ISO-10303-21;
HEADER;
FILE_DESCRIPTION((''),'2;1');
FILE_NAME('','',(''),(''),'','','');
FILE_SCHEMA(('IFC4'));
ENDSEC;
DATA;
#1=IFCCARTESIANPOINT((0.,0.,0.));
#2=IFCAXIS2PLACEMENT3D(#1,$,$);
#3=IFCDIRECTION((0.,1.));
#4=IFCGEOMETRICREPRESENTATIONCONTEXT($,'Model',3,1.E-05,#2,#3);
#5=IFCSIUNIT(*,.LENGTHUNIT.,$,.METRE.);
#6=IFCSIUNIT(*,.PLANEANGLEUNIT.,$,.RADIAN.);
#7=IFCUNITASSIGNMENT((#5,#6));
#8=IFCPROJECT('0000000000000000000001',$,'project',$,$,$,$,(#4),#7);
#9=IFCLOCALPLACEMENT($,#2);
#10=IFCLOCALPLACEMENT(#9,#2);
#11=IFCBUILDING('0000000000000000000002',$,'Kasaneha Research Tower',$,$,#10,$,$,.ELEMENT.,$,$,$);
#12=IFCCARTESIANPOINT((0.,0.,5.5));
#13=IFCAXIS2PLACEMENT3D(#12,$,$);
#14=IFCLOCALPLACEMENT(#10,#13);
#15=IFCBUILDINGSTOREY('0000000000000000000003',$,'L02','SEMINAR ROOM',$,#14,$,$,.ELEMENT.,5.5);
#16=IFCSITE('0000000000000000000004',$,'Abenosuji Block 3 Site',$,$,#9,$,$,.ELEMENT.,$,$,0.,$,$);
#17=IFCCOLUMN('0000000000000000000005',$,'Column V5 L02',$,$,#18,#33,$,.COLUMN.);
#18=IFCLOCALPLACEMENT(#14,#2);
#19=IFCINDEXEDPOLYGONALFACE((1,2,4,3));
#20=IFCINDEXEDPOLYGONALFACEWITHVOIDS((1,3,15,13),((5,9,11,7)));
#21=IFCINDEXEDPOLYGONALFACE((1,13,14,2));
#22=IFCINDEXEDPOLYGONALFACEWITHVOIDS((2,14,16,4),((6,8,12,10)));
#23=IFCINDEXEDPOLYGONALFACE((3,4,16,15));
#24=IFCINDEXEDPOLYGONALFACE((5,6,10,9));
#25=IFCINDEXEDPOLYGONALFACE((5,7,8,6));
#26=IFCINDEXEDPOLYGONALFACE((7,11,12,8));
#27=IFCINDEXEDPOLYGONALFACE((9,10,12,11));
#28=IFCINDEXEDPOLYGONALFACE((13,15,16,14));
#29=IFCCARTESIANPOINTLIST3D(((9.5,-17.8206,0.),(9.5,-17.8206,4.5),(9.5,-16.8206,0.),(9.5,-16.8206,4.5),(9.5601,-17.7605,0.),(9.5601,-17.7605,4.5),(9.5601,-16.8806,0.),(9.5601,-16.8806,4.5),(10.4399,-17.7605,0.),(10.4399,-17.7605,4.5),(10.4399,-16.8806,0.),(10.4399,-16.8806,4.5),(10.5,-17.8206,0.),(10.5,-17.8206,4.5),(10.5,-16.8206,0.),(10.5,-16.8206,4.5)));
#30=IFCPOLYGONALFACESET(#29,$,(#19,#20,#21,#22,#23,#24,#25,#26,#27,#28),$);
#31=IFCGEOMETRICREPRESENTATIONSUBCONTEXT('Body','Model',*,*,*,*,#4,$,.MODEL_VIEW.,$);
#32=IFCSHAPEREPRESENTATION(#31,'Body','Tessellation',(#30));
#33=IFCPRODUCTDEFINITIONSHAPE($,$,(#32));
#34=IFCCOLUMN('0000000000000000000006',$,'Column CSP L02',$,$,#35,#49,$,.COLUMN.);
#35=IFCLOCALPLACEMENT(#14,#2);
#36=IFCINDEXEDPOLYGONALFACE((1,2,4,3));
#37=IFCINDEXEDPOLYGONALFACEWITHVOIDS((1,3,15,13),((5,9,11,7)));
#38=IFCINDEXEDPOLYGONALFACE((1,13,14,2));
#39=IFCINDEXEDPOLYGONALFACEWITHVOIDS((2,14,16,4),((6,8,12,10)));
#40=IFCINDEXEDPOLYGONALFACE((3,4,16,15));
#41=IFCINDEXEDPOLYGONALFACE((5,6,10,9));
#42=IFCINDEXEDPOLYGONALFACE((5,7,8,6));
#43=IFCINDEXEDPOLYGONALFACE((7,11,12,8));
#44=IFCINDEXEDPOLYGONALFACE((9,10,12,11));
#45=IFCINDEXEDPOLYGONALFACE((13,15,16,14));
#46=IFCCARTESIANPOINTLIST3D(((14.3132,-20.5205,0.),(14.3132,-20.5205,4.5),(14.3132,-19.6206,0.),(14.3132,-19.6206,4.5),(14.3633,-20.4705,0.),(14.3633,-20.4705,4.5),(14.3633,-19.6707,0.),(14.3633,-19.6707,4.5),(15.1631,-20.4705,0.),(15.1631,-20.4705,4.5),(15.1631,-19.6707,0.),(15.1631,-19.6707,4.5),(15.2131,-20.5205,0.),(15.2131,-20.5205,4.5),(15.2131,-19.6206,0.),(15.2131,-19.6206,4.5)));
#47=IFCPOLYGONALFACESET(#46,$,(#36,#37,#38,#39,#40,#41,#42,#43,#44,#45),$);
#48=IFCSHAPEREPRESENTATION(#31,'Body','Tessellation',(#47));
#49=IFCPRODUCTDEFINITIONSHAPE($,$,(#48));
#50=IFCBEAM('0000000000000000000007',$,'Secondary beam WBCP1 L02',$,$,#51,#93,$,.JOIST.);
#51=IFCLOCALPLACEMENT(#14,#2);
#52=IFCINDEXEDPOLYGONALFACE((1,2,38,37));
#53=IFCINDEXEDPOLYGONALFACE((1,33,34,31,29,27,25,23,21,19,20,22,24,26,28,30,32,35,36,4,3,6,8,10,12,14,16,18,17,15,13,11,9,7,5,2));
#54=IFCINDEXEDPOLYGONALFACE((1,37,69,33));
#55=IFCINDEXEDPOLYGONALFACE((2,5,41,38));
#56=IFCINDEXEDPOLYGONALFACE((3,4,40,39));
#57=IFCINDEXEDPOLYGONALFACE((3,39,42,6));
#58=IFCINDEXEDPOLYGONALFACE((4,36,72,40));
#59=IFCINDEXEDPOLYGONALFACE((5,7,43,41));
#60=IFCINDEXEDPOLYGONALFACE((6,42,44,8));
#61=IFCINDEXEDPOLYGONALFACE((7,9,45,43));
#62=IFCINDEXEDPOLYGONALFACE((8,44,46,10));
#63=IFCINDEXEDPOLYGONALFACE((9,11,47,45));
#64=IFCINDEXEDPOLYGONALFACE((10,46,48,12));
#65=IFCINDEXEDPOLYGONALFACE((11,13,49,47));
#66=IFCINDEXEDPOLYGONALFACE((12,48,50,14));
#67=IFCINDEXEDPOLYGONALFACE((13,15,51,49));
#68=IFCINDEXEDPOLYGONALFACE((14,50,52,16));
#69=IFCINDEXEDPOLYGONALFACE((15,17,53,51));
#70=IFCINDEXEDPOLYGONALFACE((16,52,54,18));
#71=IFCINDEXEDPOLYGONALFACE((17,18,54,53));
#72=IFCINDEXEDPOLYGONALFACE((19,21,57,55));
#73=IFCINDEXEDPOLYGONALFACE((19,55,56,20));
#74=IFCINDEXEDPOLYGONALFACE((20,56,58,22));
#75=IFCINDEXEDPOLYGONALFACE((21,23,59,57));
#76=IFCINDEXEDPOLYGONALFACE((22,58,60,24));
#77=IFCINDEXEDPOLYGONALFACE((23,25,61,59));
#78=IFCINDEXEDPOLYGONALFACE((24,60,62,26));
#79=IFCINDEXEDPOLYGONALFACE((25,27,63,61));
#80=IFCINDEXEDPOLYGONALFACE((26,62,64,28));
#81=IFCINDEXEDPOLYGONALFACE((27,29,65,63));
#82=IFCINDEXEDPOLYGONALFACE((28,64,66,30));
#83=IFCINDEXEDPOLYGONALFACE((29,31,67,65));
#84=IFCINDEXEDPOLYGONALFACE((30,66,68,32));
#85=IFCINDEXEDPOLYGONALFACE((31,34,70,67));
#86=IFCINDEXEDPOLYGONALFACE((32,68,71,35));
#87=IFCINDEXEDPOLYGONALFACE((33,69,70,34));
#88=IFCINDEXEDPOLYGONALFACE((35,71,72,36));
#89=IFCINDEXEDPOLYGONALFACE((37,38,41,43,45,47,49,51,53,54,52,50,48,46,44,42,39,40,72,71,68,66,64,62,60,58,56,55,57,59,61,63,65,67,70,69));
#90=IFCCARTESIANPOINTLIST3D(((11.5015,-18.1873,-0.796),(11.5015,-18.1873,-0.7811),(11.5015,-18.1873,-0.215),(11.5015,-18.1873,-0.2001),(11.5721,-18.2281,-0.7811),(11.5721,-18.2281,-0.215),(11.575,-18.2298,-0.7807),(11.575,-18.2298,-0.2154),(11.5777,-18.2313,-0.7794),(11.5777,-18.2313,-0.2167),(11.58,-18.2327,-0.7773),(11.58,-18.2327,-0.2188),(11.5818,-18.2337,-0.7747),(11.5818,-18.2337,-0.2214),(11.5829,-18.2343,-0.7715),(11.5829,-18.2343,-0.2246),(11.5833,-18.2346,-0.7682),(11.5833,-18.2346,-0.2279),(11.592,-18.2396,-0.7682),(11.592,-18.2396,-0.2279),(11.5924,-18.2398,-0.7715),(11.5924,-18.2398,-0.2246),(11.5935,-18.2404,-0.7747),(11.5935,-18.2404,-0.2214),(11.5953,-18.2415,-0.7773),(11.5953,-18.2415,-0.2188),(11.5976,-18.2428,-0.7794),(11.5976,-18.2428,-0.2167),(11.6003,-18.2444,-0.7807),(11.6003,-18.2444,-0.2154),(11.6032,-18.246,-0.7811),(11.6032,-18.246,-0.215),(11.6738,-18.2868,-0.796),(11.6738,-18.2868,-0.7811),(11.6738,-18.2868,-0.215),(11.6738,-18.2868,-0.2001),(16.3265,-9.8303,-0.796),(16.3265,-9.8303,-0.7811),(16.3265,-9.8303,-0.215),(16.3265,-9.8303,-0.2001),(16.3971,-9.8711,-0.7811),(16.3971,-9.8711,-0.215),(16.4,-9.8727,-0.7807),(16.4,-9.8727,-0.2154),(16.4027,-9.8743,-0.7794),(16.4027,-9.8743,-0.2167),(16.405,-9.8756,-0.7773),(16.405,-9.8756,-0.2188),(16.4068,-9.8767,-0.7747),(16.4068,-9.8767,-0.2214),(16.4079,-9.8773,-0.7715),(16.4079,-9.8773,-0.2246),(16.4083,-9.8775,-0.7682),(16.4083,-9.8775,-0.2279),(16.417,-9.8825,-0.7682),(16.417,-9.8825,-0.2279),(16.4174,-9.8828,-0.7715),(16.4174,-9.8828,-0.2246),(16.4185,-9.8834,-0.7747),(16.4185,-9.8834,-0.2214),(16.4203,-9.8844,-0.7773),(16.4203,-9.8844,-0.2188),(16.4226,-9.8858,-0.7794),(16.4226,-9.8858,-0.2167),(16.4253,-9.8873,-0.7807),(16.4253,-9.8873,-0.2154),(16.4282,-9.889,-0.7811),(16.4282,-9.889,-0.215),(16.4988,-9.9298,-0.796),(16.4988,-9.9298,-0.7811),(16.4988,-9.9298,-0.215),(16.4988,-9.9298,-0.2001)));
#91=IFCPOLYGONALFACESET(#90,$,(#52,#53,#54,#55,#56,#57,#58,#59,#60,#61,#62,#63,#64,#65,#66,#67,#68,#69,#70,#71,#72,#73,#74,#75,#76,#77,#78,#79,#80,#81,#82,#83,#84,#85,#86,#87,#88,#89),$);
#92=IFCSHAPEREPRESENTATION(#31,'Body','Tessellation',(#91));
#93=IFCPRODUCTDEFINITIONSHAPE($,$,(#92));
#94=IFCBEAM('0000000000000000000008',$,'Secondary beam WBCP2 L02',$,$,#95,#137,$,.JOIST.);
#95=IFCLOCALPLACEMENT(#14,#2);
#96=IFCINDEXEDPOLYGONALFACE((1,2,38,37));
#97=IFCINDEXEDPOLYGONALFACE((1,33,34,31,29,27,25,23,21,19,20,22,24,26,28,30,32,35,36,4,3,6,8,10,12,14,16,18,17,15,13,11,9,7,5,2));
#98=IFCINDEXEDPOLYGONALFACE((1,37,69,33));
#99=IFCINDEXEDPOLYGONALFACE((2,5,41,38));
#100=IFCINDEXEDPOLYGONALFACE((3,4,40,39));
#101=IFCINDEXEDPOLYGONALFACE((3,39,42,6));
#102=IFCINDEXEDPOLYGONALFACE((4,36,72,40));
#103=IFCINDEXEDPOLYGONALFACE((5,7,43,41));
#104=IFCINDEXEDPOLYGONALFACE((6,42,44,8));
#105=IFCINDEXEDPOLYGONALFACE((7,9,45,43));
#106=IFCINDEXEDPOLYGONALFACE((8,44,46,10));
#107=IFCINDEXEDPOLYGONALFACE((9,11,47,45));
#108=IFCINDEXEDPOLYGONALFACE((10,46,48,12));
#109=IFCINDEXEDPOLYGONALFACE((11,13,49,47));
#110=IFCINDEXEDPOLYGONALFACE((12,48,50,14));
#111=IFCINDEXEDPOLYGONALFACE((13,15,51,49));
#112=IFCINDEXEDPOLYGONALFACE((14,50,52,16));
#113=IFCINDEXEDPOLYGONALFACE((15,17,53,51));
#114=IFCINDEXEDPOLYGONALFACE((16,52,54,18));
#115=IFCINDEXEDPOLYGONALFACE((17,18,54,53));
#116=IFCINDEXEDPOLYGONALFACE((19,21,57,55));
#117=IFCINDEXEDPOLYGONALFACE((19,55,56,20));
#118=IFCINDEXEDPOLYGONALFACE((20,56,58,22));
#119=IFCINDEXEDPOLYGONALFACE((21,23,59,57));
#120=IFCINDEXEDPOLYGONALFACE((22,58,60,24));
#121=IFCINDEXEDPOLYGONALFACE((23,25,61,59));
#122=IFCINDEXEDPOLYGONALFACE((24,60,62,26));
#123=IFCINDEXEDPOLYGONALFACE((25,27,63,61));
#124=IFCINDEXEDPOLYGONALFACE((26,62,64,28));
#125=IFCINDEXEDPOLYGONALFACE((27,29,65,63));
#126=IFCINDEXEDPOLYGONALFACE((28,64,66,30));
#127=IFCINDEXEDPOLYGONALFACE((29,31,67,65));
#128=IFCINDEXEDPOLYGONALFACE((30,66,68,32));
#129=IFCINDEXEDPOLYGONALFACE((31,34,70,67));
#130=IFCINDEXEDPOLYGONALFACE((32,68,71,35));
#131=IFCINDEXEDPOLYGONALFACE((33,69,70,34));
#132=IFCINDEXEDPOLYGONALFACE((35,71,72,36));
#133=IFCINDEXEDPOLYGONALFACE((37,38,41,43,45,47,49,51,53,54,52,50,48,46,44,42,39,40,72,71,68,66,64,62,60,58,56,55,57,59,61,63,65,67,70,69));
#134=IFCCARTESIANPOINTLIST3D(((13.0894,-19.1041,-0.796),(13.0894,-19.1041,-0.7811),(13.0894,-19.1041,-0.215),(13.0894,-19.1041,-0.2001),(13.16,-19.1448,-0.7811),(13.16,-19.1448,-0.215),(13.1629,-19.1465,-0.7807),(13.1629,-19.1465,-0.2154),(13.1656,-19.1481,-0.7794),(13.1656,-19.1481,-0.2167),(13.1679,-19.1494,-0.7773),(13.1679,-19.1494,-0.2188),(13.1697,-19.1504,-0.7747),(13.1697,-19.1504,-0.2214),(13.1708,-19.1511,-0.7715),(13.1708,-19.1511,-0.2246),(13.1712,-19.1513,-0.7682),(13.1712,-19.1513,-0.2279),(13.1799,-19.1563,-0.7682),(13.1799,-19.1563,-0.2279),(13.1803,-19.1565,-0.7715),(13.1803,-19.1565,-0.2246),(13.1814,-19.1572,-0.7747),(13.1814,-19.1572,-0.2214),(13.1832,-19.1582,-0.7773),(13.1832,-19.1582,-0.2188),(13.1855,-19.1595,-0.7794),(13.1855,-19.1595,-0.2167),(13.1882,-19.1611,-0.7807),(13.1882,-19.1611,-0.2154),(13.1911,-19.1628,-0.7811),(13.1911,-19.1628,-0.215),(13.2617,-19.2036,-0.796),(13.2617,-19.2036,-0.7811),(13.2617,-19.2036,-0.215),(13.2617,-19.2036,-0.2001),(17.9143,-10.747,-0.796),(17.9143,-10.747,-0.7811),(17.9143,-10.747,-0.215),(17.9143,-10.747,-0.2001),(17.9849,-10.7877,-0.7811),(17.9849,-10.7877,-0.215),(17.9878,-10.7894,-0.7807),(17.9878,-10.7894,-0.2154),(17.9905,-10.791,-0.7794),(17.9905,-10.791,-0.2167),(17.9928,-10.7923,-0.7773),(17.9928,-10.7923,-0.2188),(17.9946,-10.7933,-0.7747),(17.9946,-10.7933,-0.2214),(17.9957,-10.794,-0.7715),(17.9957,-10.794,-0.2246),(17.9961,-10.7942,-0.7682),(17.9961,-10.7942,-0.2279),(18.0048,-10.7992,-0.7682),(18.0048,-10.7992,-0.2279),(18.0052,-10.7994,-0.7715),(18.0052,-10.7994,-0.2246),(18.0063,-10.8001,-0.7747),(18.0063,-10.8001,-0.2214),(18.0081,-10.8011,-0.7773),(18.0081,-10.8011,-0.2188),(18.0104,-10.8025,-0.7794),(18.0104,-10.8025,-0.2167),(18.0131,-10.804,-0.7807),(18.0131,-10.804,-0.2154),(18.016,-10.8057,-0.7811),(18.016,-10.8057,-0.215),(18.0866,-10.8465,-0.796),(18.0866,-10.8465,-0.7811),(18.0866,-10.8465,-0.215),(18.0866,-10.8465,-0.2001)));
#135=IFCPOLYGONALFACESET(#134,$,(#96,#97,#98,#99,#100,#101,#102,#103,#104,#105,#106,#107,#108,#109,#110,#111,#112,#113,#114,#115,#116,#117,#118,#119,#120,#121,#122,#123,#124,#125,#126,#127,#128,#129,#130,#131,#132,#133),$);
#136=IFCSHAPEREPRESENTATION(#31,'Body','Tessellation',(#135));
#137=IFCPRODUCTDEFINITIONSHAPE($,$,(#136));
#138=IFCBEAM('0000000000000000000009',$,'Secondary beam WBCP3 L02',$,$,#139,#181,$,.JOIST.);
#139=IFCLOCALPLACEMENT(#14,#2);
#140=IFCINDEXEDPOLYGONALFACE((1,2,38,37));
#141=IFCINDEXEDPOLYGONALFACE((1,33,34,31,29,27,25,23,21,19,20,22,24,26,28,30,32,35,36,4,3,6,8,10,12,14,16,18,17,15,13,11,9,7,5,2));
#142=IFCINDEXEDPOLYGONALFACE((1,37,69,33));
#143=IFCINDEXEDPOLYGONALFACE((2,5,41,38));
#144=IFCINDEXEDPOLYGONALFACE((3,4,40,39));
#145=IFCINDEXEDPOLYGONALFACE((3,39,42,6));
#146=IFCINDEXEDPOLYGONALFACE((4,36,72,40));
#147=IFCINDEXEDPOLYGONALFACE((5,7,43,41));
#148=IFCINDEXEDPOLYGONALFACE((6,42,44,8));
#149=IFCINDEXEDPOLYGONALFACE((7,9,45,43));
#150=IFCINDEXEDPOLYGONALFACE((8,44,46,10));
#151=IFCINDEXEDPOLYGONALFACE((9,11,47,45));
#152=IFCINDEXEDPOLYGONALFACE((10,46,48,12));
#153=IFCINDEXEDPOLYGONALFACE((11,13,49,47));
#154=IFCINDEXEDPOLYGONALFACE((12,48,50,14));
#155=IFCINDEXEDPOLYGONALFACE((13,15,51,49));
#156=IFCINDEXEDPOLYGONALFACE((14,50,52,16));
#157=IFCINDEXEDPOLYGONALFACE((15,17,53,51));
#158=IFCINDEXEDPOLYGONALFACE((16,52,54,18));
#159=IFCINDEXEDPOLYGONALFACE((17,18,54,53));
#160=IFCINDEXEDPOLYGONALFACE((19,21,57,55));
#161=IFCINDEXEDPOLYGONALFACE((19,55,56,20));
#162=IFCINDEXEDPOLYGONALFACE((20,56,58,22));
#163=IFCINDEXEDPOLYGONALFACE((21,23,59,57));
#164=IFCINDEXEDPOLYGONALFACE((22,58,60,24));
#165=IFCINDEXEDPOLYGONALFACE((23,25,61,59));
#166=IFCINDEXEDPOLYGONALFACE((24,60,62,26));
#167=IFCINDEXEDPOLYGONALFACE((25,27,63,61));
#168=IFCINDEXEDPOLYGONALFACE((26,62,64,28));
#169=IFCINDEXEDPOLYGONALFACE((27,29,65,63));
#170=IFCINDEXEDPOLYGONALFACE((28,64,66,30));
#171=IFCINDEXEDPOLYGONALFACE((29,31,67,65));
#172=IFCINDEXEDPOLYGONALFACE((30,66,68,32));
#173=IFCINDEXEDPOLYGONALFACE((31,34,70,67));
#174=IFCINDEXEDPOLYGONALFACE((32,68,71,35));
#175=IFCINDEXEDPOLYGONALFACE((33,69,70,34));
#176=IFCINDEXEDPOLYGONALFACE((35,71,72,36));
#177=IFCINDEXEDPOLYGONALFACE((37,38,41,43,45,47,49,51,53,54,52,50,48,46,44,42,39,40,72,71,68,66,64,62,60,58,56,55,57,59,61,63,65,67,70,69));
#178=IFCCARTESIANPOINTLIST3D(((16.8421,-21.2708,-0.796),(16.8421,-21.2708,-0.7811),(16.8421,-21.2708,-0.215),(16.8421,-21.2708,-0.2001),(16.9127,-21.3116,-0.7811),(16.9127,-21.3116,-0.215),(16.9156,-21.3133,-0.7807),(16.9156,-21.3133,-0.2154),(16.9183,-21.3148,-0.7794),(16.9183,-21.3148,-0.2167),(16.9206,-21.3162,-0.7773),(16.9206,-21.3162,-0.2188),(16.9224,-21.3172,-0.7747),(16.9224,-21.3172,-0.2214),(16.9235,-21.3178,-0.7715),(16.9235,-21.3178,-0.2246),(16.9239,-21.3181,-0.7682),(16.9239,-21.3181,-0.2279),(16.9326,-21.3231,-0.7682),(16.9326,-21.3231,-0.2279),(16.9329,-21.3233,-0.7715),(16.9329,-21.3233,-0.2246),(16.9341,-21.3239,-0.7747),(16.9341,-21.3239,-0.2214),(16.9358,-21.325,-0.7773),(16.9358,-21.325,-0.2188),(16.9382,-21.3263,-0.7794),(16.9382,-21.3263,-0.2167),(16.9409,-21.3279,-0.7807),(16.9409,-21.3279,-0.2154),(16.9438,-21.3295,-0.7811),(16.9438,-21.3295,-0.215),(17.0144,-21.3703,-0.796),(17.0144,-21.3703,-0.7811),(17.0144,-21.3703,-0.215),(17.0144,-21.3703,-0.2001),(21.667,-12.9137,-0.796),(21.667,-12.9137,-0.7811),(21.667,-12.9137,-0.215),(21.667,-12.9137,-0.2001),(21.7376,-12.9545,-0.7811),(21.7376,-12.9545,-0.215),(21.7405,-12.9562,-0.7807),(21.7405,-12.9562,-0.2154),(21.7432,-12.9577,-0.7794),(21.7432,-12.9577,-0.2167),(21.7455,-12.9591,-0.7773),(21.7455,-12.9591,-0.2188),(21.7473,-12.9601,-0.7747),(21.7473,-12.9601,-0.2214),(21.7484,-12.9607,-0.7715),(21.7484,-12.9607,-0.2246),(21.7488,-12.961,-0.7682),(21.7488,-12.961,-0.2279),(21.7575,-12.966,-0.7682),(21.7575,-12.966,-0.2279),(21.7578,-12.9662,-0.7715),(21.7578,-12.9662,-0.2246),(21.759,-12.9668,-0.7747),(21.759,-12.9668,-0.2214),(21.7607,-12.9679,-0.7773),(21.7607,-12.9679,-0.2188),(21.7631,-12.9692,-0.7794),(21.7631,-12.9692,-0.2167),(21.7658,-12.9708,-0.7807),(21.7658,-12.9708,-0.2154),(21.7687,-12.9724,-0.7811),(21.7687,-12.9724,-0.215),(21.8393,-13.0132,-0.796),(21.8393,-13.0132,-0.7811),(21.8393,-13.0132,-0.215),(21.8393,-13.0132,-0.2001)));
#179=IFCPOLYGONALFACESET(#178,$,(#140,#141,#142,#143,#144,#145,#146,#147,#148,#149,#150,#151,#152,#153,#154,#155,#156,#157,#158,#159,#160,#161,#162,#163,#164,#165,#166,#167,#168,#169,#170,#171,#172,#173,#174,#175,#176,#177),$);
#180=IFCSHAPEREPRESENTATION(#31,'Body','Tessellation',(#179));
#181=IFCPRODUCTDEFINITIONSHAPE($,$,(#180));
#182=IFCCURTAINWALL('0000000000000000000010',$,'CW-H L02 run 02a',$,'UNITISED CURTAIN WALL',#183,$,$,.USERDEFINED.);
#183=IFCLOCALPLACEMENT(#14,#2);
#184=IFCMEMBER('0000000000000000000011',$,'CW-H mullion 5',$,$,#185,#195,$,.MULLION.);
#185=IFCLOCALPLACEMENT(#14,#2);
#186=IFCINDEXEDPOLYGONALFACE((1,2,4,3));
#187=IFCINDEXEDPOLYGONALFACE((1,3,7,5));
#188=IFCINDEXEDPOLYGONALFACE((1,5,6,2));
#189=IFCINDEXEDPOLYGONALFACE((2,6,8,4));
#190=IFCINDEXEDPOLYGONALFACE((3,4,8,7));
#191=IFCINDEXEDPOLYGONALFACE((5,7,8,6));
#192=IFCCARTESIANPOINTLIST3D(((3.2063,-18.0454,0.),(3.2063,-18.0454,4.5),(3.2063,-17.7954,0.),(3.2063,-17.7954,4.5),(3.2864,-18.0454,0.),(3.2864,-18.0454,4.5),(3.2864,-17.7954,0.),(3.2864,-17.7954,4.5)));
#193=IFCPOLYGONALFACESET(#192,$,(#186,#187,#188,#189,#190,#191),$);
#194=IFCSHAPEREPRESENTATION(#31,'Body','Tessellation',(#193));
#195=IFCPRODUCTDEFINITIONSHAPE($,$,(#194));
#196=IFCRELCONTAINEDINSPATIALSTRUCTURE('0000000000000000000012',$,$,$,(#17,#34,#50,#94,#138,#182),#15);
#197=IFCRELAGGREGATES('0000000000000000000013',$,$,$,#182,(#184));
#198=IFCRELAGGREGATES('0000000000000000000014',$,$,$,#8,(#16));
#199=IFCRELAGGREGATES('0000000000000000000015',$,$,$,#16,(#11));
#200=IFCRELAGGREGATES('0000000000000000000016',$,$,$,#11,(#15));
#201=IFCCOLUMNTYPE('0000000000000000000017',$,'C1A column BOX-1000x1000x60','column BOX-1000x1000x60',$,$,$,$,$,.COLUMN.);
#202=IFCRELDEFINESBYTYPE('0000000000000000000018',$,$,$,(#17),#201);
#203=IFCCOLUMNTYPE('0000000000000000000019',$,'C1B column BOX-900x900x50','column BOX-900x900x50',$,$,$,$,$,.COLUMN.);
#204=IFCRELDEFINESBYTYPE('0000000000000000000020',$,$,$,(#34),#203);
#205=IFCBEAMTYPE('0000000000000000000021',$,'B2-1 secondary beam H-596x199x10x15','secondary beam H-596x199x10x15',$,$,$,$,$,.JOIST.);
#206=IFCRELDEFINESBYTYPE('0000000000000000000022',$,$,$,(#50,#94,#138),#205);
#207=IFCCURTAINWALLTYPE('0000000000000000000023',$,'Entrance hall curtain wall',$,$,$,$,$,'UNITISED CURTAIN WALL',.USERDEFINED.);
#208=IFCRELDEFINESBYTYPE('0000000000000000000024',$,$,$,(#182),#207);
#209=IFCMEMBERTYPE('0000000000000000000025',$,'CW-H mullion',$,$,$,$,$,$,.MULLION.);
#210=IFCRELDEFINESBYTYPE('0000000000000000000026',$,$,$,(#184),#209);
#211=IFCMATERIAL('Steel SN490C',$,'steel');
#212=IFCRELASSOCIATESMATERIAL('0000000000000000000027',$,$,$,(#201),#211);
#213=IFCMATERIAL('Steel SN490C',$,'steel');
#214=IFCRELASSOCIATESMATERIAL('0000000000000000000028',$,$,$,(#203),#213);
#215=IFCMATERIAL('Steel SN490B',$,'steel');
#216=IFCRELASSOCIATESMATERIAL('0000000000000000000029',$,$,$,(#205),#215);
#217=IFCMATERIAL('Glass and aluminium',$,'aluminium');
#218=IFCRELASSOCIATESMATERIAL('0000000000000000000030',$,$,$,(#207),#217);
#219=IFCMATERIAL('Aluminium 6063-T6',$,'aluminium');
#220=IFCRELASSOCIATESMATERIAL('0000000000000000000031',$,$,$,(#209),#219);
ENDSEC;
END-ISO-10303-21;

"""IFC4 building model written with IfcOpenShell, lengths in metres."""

from ifc_helpers import new_model, si_unit, direction, frame, origin, origin_2d, place, context, subcontext, project, spatial, rectangle, hollow_rectangle, i_section, extrude, material, material_profile, profile_set, type_object, element, aggregate, save


model = new_model("IFC4")

# Units and contexts
model_context = context("Model", 3, precision=1e-05, world=origin(), true_north=direction((0.0, 1.0)))
body_context = subcontext(model_context, "Body", "Model", "MODEL_VIEW")
ifc_project = project(units=[si_unit("LENGTHUNIT", "METRE"), si_unit("PLANEANGLEUNIT", "RADIAN")], contexts=[model_context])

# Site, building, storey
site_placement = place(None, origin())
site = spatial("IfcSite", under=ifc_project, at=site_placement, Name="Abenosuji Block 3 Site", CompositionType="ELEMENT", RefElevation=0.0)
building_placement = place(site_placement, origin())
building = spatial("IfcBuilding", under=site, at=building_placement, Name="Kasaneha Research Tower", CompositionType="ELEMENT")
storey_placement = place(building_placement, frame((0.0, 0.0, 5.5)))
storey = spatial("IfcBuildingStorey", under=building, at=storey_placement, Name="L02", Description="SEMINAR ROOM", CompositionType="ELEMENT", Elevation=5.5)

# Columns
ifc_material_1 = material(Name="Steel SN490C", Category="steel")
ifc_material_profile_1 = material_profile(ifc_material_1, hollow_rectangle(XDim=1.0, YDim=1.0, WallThickness=0.0601, at=origin_2d()), Name="BOX-1000x1000x60")
ifc_profile_set_1 = profile_set([ifc_material_profile_1], Name="Steel SN490C")
column_type_1 = type_object("IfcColumnType", Name="C1A column BOX-1000x1000x60", Description="column BOX-1000x1000x60", PredefinedType="COLUMN", material=ifc_profile_set_1)
column_1_placement = place(storey_placement, frame((10.0, -17.3206, 0.0), z_axis=(0.0, 0.0, 1.0), x_axis=(1.0, 0.0, 0.0)))
element("IfcColumn", 1, at=column_1_placement, inside=storey, type_object=column_type_1, Name="Column V5 L02", PredefinedType="COLUMN", context=body_context, shape_type="SweptSolid", body=[
    extrude(hollow_rectangle(XDim=1.0, YDim=1.0, WallThickness=0.0601, at=origin_2d()), origin(), (0.0, 0.0, 1.0), 4.5),
])
ifc_material_2 = material(Name="Steel SN490C", Category="steel")
ifc_material_profile_2 = material_profile(ifc_material_2, hollow_rectangle(XDim=0.8999, YDim=0.8999, WallThickness=0.05, at=origin_2d()), Name="BOX-900x900x50")
ifc_profile_set_2 = profile_set([ifc_material_profile_2], Name="Steel SN490C")
column_type_2 = type_object("IfcColumnType", Name="C1B column BOX-900x900x50", Description="column BOX-900x900x50", PredefinedType="COLUMN", material=ifc_profile_set_2)
column_2_placement = place(storey_placement, frame((14.7632, -20.0706, 0.0), z_axis=(0.0, 0.0, 1.0), x_axis=(1.0, 0.0, 0.0)))
element("IfcColumn", 2, at=column_2_placement, inside=storey, type_object=column_type_2, Name="Column CSP L02", PredefinedType="COLUMN", context=body_context, shape_type="SweptSolid", body=[
    extrude(hollow_rectangle(XDim=0.8999, YDim=0.8999, WallThickness=0.05, at=origin_2d()), origin(), (0.0, 0.0, 1.0), 4.5),
])

# Beams
ifc_material_3 = material(Name="Steel SN490B", Category="steel")
ifc_material_profile_3 = material_profile(ifc_material_3, i_section(OverallWidth=0.199, OverallDepth=0.5959, WebThickness=0.01, FlangeThickness=0.0149, FilletRadius=0.0129, at=origin_2d()), Name="H-596x199x10x15")
ifc_profile_set_3 = profile_set([ifc_material_profile_3], Name="Steel SN490B")
beam_type_1 = type_object("IfcBeamType", Name="B2-1 secondary beam H-596x199x10x15", Description="secondary beam H-596x199x10x15", PredefinedType="JOIST", material=ifc_profile_set_3)
for number, where, z_axis, x_axis, name in (
    (3, (11.5876, -18.2371, -0.498), (0.500006, 0.866022, 0.0), (-0.866022, 0.500006, 0.0), "Secondary beam WBCP1 L02"),
    (4, (13.1755, -19.1538, -0.498), (0.499995, 0.866028, 0.0), (-0.866028, 0.499995, 0.0), "Secondary beam WBCP2 L02"),
    (5, (16.9282, -21.3206, -0.498), (0.499995, 0.866028, 0.0), (-0.866028, 0.499995, 0.0), "Secondary beam WBCP3 L02"),
):
    element("IfcBeam", number, at=place(storey_placement, frame(where, z_axis=z_axis, x_axis=x_axis)), inside=storey, type_object=beam_type_1, Name=name, PredefinedType="JOIST", context=body_context, shape_type="SweptSolid", body=[
        extrude(i_section(OverallWidth=0.199, OverallDepth=0.5959, WebThickness=0.01, FlangeThickness=0.0149, FilletRadius=0.0129, at=origin_2d()), origin(), (0.0, 0.0, 1.0), 9.6499),
    ])

# Curtain wall, member
ifc_material_4 = material(Name="Glass and aluminium", Category="aluminium")
curtain_wall_type = type_object("IfcCurtainWallType", Name="Entrance hall curtain wall", ElementType="UNITISED CURTAIN WALL", PredefinedType="USERDEFINED", material=ifc_material_4)
curtain_wall_1_placement = place(storey_placement, origin())
curtain_wall_1 = element("IfcCurtainWall", 6, at=curtain_wall_1_placement, inside=storey, type_object=curtain_wall_type, Name="CW-H L02 run 02a", ObjectType="UNITISED CURTAIN WALL", PredefinedType="USERDEFINED")
ifc_material_5 = material(Name="Aluminium 6063-T6", Category="aluminium")
ifc_material_profile_4 = material_profile(ifc_material_5, rectangle(XDim=0.0801, YDim=0.25, at=origin_2d()), Name="CW-H mullion 80x250")
ifc_profile_set_4 = profile_set([ifc_material_profile_4], Name="Aluminium 6063-T6")
member_type_1 = type_object("IfcMemberType", Name="CW-H mullion", PredefinedType="MULLION", material=ifc_profile_set_4)
member_1_placement = place(storey_placement, frame((3.2463, -17.9204, 0.0), z_axis=(0.0, 0.0, 1.0), x_axis=(1.0, 0.0, 0.0)))
member_1 = element("IfcMember", 7, at=member_1_placement, type_object=member_type_1, Name="CW-H mullion 5", PredefinedType="MULLION", context=body_context, shape_type="SweptSolid", body=[
    extrude(rectangle(XDim=0.0801, YDim=0.25, at=origin_2d()), origin(), (0.0, 0.0, 1.0), 4.5),
])

aggregate(curtain_wall_1, [member_1])

save(model, "model.ifc")
